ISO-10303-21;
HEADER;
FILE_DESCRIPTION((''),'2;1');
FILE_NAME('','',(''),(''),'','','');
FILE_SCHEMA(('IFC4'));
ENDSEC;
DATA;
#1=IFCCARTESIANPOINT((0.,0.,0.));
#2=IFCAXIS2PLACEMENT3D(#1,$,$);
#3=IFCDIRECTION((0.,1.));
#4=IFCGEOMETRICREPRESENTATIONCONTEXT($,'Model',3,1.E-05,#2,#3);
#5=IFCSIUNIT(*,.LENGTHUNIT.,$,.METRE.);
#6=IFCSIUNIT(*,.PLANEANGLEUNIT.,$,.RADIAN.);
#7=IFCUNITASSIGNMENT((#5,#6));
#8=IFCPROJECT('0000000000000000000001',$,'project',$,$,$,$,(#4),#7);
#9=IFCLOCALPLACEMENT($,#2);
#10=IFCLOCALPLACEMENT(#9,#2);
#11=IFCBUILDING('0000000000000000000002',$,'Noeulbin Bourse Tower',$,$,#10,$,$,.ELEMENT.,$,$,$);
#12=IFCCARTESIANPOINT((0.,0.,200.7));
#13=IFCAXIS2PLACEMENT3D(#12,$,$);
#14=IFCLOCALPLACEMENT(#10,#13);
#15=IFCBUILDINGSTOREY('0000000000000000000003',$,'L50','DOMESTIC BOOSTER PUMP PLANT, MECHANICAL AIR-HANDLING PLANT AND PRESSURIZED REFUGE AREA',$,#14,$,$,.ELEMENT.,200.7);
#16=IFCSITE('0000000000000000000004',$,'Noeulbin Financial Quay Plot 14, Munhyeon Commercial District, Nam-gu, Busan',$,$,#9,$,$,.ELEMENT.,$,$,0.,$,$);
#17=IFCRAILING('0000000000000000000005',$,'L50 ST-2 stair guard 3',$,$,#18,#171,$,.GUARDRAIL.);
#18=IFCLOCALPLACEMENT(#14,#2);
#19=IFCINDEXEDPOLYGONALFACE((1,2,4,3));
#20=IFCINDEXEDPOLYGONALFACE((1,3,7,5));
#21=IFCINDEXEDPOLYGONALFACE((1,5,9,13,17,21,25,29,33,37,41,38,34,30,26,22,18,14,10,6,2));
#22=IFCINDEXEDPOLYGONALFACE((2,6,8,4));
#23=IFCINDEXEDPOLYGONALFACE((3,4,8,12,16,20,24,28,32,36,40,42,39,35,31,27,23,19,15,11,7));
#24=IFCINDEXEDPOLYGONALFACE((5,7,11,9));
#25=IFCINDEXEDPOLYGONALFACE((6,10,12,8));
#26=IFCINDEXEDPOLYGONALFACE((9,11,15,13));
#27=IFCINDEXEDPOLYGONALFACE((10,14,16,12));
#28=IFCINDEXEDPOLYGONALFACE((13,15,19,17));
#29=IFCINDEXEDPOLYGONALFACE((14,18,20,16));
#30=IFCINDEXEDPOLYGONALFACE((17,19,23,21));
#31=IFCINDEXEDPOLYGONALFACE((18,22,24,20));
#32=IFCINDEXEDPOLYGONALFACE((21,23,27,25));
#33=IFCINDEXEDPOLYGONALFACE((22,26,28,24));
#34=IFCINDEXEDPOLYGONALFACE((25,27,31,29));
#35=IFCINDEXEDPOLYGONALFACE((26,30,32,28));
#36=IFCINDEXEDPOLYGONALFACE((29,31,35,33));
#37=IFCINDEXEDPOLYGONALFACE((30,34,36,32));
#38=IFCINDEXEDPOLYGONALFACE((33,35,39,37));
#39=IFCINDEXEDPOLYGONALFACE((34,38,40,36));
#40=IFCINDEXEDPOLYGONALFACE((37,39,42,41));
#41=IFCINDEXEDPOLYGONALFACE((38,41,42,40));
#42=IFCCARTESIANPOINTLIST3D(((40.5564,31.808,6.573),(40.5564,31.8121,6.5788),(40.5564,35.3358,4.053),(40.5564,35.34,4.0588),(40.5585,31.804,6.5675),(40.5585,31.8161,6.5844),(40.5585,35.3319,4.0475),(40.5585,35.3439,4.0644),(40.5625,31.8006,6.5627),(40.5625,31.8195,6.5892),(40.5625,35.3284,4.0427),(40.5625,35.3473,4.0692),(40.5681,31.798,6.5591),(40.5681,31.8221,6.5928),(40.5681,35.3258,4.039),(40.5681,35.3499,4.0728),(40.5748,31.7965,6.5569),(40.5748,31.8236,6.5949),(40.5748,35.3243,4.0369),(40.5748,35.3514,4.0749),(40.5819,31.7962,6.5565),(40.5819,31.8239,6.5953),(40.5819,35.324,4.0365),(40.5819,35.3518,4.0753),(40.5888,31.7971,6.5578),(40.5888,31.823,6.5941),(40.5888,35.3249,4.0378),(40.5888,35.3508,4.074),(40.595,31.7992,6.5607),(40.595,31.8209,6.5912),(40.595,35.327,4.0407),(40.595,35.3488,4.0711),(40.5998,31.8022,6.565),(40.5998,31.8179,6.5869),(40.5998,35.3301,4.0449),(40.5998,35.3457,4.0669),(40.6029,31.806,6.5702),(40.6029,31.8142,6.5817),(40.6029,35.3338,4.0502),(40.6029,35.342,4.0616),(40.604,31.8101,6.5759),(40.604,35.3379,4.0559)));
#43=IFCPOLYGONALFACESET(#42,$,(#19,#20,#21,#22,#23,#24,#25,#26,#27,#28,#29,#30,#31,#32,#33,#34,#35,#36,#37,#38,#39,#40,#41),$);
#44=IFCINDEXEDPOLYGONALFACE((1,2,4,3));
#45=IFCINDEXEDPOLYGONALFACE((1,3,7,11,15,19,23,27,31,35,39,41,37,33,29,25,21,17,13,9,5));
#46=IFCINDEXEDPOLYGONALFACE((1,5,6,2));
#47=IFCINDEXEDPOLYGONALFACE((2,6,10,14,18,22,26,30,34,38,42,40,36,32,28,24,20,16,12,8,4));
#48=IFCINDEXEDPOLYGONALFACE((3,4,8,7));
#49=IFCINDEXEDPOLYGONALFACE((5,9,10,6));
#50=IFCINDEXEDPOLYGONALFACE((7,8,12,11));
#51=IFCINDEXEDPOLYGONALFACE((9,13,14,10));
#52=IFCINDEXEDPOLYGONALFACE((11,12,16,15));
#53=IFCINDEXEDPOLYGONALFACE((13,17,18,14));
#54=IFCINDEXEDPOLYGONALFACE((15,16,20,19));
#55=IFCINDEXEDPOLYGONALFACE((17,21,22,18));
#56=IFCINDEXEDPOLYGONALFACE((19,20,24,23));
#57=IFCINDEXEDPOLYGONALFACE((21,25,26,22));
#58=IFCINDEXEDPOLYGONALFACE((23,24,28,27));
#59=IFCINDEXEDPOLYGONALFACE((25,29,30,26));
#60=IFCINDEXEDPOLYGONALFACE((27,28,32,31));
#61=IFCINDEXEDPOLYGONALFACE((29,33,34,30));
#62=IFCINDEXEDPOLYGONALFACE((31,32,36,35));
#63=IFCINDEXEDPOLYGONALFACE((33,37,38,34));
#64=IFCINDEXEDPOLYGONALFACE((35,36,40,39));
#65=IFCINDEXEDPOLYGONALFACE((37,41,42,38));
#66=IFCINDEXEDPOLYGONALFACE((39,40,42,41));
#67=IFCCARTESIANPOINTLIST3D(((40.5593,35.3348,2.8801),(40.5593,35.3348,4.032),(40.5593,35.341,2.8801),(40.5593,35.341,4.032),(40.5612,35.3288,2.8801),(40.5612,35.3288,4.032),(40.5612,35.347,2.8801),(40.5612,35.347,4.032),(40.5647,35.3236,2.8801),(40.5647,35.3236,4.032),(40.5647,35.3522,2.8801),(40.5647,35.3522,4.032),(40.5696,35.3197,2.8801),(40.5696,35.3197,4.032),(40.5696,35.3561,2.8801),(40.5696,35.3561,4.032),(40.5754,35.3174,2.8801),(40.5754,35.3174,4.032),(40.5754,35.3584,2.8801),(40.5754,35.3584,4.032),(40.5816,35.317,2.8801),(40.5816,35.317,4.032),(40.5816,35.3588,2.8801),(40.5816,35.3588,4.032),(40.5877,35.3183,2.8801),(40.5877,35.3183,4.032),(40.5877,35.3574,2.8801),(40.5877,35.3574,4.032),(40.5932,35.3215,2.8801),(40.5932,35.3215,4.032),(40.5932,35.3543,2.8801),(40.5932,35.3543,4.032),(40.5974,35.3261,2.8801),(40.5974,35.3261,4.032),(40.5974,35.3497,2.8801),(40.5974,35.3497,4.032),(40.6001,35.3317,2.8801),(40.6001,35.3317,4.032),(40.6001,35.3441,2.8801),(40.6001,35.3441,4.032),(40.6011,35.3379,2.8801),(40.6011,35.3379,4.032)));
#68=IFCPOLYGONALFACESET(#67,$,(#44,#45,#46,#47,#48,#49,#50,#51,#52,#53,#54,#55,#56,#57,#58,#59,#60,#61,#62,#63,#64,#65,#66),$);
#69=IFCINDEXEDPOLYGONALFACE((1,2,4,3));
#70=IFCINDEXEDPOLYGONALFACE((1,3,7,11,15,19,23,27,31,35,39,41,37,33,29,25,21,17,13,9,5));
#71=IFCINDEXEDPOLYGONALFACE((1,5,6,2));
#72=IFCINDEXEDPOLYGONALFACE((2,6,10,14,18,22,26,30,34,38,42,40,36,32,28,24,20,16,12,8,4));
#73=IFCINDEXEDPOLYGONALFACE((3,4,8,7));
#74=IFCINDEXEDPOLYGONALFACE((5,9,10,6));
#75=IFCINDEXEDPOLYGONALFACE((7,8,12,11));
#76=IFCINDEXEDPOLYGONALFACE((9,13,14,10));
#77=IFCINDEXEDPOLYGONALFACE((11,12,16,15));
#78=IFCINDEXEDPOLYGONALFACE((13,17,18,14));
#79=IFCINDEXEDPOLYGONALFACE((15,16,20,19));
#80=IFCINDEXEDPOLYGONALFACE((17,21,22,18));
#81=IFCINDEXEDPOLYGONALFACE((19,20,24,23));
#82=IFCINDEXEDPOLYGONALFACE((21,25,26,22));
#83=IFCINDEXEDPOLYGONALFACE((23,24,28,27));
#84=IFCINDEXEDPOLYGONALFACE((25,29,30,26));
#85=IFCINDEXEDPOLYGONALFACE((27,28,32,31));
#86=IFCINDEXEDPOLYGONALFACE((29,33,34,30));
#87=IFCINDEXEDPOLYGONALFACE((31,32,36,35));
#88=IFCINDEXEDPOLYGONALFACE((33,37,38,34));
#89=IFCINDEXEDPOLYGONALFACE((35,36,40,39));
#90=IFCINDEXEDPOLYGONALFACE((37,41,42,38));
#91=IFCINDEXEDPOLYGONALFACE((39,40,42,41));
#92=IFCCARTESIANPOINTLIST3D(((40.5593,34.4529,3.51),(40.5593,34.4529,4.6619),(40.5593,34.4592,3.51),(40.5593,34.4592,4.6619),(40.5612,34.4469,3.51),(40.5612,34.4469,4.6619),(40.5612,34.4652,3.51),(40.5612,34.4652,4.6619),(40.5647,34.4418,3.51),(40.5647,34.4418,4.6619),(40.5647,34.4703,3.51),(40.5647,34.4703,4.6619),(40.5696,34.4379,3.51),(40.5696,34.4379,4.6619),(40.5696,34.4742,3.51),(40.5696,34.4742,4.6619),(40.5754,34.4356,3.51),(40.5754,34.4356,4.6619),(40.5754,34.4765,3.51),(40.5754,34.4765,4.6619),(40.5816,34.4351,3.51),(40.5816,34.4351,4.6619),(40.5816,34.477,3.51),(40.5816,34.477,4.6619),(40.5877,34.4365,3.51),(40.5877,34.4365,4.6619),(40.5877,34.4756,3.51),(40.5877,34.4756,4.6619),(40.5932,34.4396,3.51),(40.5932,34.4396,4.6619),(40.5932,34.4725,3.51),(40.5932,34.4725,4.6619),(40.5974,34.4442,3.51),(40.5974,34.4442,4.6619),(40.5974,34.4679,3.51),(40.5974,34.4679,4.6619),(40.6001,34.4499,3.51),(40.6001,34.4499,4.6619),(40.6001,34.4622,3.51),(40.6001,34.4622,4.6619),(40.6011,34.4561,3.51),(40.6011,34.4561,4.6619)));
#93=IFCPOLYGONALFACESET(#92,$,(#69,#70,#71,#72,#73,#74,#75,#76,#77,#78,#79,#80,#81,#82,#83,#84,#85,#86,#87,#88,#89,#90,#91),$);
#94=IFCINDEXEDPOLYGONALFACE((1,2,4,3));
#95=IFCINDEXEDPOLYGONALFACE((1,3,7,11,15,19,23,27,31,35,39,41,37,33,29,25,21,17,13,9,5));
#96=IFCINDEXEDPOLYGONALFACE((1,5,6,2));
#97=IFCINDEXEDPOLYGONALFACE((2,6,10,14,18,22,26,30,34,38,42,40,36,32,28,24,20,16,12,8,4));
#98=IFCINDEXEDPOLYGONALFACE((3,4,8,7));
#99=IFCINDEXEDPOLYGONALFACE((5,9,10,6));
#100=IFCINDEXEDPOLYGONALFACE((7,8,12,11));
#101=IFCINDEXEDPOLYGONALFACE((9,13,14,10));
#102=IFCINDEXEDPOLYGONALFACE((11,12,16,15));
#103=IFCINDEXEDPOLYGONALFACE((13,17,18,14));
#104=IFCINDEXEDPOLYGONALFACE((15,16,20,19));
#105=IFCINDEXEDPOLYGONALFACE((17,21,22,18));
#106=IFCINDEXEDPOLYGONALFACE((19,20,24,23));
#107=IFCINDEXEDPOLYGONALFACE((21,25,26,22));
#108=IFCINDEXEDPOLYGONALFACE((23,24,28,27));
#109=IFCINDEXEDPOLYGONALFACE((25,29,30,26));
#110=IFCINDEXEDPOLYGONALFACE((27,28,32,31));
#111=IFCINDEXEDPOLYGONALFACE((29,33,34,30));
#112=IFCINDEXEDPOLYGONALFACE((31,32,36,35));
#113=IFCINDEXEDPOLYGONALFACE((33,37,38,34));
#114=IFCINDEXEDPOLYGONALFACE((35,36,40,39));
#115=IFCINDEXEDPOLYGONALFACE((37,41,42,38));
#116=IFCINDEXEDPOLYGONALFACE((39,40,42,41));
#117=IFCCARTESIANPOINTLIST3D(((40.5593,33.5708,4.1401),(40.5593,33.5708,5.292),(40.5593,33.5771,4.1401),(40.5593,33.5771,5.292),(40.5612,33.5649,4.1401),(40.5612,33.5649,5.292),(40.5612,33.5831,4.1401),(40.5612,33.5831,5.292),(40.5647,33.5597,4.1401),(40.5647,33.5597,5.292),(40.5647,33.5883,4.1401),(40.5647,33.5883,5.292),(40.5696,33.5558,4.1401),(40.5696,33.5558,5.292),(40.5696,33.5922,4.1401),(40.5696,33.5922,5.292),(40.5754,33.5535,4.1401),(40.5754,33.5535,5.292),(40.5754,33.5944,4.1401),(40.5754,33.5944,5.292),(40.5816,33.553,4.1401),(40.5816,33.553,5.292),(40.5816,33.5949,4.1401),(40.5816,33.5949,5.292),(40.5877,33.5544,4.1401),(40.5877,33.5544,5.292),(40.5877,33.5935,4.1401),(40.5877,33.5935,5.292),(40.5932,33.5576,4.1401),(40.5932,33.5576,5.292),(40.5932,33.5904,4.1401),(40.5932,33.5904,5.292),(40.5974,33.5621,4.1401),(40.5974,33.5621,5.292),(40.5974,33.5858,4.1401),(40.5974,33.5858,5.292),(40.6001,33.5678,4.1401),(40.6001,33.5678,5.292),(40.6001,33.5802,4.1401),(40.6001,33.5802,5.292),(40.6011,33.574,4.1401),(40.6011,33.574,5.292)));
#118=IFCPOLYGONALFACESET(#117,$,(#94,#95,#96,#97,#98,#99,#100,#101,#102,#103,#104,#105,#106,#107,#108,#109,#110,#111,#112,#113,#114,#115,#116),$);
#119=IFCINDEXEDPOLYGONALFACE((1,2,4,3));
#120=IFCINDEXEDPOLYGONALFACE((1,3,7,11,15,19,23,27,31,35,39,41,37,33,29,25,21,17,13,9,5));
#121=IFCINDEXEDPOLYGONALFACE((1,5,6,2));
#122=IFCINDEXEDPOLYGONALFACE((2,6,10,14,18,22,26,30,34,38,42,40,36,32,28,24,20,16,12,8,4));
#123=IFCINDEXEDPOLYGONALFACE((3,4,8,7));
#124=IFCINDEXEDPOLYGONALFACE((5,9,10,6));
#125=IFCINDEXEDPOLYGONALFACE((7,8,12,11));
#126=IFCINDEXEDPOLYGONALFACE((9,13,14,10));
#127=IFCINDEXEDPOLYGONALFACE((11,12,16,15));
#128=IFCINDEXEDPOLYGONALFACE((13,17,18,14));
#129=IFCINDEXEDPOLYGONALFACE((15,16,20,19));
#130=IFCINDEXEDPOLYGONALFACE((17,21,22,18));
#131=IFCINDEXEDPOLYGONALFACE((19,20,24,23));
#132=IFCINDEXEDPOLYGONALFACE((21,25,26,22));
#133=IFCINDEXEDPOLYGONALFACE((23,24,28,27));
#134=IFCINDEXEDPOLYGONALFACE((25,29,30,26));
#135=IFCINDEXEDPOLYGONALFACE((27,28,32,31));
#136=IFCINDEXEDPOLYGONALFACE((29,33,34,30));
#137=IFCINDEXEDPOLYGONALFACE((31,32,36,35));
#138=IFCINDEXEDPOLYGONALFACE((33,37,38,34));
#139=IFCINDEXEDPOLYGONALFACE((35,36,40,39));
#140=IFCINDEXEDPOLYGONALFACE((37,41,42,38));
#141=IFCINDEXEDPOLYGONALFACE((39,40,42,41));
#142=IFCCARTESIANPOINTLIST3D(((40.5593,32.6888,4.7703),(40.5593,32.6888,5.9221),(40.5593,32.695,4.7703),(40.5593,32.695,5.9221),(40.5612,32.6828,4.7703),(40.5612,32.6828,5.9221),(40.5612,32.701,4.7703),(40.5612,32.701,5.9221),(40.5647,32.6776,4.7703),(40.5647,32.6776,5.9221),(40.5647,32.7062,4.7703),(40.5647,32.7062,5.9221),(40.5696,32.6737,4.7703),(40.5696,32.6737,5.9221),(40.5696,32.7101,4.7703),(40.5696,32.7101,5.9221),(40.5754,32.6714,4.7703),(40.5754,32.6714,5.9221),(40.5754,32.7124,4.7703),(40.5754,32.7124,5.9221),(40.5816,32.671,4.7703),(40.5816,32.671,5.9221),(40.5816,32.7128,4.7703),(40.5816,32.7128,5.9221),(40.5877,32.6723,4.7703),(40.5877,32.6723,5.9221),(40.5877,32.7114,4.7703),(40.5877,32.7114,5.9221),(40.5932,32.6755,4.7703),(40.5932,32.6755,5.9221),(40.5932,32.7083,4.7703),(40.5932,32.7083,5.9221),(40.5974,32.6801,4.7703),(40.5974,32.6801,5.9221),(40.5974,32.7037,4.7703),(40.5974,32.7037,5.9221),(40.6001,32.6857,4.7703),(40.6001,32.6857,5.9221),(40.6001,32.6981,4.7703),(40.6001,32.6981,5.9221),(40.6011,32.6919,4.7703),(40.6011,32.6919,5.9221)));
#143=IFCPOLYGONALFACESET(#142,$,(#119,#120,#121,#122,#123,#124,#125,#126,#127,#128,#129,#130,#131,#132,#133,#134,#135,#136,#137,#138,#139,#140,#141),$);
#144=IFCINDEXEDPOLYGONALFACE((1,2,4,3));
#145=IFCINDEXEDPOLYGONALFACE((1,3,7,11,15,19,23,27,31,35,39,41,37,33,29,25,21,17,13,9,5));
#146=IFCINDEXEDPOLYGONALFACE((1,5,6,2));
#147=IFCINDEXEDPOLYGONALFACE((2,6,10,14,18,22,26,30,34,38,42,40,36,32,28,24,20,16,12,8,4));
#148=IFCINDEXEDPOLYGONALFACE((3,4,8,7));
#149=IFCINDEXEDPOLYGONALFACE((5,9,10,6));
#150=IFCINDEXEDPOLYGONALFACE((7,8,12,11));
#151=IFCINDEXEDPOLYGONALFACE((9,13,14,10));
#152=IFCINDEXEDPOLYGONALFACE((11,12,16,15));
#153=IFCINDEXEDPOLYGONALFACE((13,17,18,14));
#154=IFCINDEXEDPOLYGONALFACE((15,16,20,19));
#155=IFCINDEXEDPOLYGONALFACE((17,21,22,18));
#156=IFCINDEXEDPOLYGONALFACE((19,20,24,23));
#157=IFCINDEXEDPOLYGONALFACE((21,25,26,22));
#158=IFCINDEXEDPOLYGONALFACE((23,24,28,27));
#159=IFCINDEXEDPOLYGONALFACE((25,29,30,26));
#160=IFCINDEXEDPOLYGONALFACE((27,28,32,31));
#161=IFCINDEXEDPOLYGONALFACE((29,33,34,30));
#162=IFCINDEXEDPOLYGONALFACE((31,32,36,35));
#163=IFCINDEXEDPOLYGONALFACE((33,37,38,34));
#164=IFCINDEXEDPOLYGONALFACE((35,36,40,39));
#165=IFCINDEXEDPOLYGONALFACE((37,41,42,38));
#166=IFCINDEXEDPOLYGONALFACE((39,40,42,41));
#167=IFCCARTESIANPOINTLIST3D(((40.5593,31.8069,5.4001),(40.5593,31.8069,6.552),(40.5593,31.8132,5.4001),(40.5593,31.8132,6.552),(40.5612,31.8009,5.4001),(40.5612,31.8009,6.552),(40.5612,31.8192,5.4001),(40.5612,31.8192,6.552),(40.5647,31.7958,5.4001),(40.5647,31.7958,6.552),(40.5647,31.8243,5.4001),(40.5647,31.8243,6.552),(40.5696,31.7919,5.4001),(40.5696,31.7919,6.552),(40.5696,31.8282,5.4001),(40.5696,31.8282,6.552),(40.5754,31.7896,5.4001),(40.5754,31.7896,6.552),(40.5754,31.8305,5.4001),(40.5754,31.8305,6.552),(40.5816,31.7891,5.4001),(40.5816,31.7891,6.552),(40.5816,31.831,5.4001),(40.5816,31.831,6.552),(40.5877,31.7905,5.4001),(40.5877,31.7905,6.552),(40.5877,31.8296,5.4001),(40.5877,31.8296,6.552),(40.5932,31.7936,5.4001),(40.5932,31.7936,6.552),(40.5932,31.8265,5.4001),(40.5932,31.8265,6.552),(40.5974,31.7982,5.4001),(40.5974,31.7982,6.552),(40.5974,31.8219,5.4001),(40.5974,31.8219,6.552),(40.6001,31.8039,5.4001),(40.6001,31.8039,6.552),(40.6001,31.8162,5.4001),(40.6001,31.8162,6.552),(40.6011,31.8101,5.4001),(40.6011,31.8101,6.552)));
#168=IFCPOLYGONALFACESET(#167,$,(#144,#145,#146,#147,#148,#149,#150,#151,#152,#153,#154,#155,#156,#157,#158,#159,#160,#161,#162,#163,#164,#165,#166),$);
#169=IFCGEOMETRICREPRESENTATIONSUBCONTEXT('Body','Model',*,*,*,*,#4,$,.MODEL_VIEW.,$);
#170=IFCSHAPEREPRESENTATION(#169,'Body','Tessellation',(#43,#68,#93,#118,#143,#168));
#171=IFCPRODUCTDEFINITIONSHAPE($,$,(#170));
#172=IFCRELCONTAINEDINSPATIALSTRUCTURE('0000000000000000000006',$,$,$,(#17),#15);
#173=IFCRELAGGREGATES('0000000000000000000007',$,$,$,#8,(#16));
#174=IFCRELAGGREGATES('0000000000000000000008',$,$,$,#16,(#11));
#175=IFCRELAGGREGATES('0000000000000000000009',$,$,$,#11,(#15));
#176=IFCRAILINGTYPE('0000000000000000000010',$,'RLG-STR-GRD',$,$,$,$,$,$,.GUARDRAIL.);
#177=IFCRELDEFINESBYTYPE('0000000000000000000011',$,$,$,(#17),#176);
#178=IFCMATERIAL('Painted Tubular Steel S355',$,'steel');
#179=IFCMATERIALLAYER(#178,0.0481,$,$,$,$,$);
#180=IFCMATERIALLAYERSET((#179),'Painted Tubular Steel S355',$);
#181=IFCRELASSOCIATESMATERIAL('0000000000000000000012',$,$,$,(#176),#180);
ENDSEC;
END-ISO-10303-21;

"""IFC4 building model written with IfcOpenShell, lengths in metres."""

from ifc_helpers import new_model, si_unit, direction, frame, origin, origin_2d, place, context, subcontext, project, spatial, circle, extrude, material, layer, layer_set, type_object, element, save


model = new_model("IFC4")

# Units and contexts
model_context = context("Model", 3, precision=1e-05, world=origin(), true_north=direction((0.0, 1.0)))
body_context = subcontext(model_context, "Body", "Model", "MODEL_VIEW")
ifc_project = project(units=[si_unit("LENGTHUNIT", "METRE"), si_unit("PLANEANGLEUNIT", "RADIAN")], contexts=[model_context])

# Site, building, storey
site_placement = place(None, origin())
site = spatial("IfcSite", under=ifc_project, at=site_placement, Name="Noeulbin Financial Quay Plot 14, Munhyeon Commercial District, Nam-gu, Busan", CompositionType="ELEMENT", RefElevation=0.0)
building_placement = place(site_placement, origin())
building = spatial("IfcBuilding", under=site, at=building_placement, Name="Noeulbin Bourse Tower", CompositionType="ELEMENT")
storey_placement = place(building_placement, frame((0.0, 0.0, 200.7)))
storey = spatial("IfcBuildingStorey", under=building, at=storey_placement, Name="L50", Description="DOMESTIC BOOSTER PUMP PLANT, MECHANICAL AIR-HANDLING PLANT AND PRESSURIZED REFUGE AREA", CompositionType="ELEMENT", Elevation=200.7)

# Railing
ifc_material_1 = material(Name="Painted Tubular Steel S355", Category="steel")
ifc_layer_1 = layer(ifc_material_1, 0.0481)
ifc_layer_set_1 = layer_set([ifc_layer_1], Name="Painted Tubular Steel S355")
railing_type_1 = type_object("IfcRailingType", Name="RLG-STR-GRD", PredefinedType="GUARDRAIL", material=ifc_layer_set_1)
railing_1_placement = place(storey_placement, frame((40.5801, 35.3379, 2.8801)))
element("IfcRailing", 1, at=railing_1_placement, inside=storey, type_object=railing_type_1, Name="L50 ST-2 stair guard 3", PredefinedType="GUARDRAIL", context=body_context, shape_type="SweptSolid", body=[
    extrude(circle(Radius=0.0239, at=origin_2d()), frame((0.0, 0.0, 1.1758), z_axis=(0.0, -0.813718, 0.58126), x_axis=(1.0, 0.0, 0.0)), (0.0, 0.0, 1.0), 4.3354),
    extrude(circle(Radius=0.021, at=origin_2d()), origin(), (0.0, 0.0, 1.0), 1.1519),
    extrude(circle(Radius=0.021, at=origin_2d()), frame((0.0, -0.8818, 0.6299)), (0.0, 0.0, 1.0), 1.1519),
    extrude(circle(Radius=0.021, at=origin_2d()), frame((0.0, -1.7639, 1.26)), (0.0, 0.0, 1.0), 1.1519),
    extrude(circle(Radius=0.021, at=origin_2d()), frame((0.0, -2.646, 1.8901)), (0.0, 0.0, 1.0), 1.1519),
    extrude(circle(Radius=0.021, at=origin_2d()), frame((0.0, -3.5278, 2.52)), (0.0, 0.0, 1.0), 1.1519),
])

save(model, "model.ifc")
